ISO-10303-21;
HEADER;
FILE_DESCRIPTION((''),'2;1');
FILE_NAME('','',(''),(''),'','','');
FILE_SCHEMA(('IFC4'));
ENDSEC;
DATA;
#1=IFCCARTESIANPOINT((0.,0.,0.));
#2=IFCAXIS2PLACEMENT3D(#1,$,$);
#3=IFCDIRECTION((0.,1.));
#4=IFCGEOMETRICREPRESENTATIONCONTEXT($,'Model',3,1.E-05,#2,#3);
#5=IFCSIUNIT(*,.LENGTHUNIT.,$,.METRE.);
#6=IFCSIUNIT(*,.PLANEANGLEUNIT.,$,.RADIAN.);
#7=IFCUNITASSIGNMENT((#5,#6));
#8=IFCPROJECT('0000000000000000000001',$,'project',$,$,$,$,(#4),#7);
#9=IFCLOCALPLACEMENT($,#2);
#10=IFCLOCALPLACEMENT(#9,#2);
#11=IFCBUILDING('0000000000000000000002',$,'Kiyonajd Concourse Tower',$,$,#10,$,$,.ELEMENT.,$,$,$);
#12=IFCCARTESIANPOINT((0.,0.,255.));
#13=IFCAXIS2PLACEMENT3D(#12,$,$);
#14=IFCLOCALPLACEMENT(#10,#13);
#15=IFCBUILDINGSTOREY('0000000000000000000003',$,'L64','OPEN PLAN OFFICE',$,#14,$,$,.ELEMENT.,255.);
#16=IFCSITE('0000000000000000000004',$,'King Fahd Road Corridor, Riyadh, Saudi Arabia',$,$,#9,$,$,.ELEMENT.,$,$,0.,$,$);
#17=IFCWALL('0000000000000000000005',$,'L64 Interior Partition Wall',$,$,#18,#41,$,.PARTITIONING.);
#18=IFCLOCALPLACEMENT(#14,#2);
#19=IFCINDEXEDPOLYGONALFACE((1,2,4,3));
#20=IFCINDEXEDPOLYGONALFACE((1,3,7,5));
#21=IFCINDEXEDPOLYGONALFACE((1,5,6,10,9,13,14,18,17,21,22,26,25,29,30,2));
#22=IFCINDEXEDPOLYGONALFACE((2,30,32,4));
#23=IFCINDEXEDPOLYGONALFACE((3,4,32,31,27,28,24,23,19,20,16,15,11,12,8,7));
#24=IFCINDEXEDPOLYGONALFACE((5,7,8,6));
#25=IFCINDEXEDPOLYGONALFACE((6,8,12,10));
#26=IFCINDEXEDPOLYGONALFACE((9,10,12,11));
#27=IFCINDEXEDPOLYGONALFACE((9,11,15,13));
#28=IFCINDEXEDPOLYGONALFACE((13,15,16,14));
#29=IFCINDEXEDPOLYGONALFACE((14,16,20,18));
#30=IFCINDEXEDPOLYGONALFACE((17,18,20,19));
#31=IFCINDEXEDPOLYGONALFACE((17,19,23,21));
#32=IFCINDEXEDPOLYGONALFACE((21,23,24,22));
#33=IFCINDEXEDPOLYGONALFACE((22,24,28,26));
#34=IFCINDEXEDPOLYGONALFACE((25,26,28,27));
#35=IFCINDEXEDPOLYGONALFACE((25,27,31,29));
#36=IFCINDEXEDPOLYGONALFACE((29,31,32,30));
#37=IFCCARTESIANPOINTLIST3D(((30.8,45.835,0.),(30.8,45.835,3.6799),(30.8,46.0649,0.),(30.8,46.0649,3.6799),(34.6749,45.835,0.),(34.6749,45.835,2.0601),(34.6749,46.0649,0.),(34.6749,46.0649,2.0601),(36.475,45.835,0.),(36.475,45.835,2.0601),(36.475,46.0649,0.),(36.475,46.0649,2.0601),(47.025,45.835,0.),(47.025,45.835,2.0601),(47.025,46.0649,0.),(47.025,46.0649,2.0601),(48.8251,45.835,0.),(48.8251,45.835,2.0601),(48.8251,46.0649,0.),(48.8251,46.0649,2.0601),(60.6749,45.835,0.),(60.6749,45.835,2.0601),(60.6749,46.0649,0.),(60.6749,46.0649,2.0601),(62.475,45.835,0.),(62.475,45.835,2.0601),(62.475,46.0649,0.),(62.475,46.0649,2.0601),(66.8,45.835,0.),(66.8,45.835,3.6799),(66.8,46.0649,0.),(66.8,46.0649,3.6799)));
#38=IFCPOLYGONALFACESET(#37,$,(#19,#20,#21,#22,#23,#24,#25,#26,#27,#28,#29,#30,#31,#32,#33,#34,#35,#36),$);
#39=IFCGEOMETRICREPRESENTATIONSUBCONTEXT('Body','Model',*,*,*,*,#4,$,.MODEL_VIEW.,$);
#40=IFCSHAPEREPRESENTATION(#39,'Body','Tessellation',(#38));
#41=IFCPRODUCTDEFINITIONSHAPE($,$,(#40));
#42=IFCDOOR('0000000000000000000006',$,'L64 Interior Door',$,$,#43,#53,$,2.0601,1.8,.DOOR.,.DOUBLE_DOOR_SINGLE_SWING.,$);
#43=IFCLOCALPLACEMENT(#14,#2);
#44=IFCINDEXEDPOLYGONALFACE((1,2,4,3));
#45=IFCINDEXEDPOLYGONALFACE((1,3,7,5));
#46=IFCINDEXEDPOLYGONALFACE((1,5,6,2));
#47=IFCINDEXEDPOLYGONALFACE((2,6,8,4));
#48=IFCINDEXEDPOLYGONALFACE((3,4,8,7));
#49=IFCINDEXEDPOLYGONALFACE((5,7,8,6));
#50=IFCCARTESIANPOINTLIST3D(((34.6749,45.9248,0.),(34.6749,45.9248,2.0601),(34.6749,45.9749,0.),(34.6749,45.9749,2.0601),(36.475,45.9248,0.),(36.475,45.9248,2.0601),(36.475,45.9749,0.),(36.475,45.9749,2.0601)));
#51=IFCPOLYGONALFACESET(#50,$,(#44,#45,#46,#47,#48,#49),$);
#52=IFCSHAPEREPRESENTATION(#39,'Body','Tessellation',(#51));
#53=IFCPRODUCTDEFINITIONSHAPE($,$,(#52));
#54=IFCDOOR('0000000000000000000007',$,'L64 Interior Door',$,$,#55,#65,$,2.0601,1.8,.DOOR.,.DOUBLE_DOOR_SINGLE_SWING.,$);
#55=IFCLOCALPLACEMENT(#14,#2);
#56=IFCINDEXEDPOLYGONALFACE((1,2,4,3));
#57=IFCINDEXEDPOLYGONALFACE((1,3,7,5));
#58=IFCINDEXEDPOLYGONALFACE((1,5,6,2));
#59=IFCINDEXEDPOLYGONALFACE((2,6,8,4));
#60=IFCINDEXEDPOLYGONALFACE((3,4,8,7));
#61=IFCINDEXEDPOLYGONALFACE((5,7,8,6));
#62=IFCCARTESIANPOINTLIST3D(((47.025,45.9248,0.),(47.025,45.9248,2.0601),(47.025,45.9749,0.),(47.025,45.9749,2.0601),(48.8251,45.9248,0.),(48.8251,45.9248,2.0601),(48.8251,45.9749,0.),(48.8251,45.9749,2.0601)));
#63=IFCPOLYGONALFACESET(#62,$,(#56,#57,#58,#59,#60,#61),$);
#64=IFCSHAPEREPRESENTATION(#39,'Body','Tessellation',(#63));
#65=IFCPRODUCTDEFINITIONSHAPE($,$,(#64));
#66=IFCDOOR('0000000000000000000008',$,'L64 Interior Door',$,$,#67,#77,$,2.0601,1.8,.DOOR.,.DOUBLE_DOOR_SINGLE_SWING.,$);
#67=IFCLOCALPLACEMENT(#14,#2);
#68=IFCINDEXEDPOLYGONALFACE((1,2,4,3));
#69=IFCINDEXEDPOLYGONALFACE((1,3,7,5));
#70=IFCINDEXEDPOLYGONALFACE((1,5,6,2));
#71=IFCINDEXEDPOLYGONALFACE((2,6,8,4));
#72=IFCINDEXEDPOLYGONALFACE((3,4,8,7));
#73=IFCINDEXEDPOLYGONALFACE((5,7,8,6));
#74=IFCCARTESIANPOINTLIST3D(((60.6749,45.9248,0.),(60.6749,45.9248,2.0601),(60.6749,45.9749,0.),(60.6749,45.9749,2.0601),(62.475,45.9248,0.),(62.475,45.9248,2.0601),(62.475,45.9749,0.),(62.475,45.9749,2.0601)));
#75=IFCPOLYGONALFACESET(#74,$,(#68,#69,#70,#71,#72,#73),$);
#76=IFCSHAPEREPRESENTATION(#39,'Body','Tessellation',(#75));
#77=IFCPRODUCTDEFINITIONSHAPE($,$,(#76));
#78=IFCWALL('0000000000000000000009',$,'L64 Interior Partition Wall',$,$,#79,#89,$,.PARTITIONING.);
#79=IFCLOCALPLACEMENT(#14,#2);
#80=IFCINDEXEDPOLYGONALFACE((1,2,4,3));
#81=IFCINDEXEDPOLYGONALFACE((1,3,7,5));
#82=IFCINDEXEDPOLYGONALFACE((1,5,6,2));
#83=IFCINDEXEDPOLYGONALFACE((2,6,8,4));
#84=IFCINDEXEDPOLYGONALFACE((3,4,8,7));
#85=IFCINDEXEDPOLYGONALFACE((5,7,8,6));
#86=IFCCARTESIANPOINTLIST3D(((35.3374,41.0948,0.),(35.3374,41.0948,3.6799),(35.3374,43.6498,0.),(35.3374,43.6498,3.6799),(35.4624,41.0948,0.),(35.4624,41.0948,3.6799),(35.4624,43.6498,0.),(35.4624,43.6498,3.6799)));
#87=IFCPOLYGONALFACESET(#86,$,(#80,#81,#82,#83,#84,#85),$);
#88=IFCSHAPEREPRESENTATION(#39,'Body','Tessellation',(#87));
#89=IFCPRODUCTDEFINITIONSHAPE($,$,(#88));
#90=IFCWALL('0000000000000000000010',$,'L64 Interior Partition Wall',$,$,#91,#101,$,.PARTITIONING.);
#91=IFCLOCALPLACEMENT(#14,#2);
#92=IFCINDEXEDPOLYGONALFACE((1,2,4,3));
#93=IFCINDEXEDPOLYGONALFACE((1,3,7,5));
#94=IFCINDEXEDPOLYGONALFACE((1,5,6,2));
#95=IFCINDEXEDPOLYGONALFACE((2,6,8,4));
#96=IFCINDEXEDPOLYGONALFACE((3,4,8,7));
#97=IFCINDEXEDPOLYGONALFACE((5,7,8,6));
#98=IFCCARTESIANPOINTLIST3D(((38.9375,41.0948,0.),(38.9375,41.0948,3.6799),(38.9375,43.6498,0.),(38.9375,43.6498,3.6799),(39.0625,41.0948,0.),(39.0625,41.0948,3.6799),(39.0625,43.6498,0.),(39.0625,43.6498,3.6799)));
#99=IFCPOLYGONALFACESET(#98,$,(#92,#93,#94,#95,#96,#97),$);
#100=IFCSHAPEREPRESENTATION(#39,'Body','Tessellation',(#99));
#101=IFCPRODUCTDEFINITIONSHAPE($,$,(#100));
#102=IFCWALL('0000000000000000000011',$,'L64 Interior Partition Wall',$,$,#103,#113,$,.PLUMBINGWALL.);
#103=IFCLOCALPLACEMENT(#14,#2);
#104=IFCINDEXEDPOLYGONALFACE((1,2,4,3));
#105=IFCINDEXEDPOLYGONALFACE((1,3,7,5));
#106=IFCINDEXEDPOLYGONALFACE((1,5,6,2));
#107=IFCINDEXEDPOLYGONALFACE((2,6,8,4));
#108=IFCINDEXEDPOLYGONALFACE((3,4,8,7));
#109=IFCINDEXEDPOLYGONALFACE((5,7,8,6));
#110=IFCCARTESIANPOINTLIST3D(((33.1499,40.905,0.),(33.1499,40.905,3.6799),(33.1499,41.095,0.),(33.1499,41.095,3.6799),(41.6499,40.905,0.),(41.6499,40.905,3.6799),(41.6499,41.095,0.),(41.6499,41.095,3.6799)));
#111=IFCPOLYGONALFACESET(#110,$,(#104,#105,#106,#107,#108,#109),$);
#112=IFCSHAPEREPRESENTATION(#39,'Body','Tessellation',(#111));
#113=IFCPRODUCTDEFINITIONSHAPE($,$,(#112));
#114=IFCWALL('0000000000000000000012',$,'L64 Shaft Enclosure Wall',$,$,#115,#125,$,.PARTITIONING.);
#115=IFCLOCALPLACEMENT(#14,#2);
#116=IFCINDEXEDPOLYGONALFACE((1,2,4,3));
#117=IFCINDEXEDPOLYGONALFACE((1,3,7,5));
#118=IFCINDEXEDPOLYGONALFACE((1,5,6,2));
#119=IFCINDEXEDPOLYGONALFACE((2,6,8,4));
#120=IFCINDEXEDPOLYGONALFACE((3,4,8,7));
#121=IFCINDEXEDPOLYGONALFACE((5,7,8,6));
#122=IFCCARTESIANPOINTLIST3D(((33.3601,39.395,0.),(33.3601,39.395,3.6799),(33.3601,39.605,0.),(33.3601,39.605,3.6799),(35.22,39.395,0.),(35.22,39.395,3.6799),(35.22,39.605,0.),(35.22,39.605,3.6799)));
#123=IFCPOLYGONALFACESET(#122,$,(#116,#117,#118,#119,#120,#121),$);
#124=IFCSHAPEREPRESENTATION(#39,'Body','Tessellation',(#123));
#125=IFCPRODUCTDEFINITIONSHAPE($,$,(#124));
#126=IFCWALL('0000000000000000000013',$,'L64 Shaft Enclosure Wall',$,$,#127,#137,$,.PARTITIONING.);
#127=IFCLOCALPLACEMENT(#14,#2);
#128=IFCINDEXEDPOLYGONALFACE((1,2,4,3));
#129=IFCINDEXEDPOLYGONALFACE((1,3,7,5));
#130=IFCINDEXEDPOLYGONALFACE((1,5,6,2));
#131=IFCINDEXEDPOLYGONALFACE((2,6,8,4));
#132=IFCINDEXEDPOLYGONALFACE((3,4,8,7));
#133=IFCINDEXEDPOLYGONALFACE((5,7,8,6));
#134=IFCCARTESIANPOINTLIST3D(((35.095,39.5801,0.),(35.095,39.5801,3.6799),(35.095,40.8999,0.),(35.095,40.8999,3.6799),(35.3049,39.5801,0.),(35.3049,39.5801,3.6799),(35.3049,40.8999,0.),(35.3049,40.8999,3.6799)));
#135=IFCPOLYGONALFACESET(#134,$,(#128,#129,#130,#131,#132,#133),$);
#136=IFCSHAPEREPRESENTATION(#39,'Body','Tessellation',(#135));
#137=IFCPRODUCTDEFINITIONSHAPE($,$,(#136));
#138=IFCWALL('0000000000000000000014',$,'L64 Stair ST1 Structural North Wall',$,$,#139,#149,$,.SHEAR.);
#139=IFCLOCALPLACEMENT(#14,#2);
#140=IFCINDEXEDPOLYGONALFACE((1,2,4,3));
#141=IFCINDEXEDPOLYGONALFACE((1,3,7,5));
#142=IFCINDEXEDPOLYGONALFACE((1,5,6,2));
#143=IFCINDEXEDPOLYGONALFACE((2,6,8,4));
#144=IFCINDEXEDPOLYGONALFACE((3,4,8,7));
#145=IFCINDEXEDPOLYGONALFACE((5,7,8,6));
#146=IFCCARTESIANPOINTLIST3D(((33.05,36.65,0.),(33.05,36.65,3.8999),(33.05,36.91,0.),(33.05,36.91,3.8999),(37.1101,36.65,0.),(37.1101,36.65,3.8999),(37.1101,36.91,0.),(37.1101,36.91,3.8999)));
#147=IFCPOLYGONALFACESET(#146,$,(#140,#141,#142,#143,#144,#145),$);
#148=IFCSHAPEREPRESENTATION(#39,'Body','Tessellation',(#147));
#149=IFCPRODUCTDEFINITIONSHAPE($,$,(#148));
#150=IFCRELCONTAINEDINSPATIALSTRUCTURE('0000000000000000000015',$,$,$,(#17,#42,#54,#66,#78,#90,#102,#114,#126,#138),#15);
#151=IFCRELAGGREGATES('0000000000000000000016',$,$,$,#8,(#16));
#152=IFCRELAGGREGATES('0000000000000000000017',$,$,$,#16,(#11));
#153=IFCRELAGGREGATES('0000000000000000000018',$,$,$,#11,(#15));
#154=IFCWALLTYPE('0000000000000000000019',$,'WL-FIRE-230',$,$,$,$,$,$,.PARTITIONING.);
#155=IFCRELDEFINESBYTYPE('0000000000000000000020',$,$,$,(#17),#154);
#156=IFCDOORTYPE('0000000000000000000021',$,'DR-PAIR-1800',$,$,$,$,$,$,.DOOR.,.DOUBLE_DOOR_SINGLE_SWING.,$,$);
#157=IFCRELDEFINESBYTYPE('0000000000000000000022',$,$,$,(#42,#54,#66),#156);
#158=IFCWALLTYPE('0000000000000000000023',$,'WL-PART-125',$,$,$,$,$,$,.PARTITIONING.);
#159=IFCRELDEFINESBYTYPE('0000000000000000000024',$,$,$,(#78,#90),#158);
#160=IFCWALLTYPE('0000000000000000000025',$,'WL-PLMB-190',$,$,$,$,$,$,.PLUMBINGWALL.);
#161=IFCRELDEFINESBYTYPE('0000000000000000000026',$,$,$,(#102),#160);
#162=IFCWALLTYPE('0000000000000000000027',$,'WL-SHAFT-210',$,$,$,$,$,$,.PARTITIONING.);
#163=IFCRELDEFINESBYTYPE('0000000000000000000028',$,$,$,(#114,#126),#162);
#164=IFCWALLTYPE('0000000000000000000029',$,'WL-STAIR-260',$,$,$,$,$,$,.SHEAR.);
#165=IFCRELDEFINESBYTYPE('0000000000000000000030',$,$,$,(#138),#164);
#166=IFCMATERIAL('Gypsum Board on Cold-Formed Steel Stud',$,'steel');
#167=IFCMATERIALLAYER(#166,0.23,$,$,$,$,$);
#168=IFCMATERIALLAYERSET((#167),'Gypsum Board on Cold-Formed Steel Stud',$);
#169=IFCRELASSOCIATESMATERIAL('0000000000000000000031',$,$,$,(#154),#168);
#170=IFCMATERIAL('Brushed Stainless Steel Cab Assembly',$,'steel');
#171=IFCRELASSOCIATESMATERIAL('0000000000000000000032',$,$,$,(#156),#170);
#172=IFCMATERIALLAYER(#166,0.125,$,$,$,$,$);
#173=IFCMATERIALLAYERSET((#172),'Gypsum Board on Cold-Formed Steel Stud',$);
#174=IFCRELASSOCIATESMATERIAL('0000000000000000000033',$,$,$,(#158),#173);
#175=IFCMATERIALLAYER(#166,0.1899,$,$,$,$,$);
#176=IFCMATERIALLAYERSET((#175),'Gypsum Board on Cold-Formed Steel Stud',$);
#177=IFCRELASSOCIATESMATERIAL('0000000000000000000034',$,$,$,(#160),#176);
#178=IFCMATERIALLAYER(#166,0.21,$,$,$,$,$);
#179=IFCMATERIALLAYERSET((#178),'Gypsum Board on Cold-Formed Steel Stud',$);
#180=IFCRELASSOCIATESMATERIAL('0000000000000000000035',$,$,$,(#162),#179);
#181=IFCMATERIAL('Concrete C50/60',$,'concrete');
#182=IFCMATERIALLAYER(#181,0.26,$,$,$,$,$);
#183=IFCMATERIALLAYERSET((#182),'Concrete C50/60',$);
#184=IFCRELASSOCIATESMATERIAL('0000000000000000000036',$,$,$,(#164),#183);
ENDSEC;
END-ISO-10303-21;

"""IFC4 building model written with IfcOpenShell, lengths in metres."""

from ifc_helpers import new_model, si_unit, direction, frame, frame_2d, origin, place, context, subcontext, project, spatial, rectangle, extrude, material, layer, layer_set, type_object, element, fill, save


model = new_model("IFC4")

# Units and contexts
model_context = context("Model", 3, precision=1e-05, world=origin(), true_north=direction((0.0, 1.0)))
body_context = subcontext(model_context, "Body", "Model", "MODEL_VIEW")
ifc_project = project(units=[si_unit("LENGTHUNIT", "METRE"), si_unit("PLANEANGLEUNIT", "RADIAN")], contexts=[model_context])

# Site, building, storey
site_placement = place(None, origin())
site = spatial("IfcSite", under=ifc_project, at=site_placement, Name="King Fahd Road Corridor, Riyadh, Saudi Arabia", CompositionType="ELEMENT", RefElevation=0.0)
building_placement = place(site_placement, origin())
building = spatial("IfcBuilding", under=site, at=building_placement, Name="Kiyonajd Concourse Tower", CompositionType="ELEMENT")
storey_placement = place(building_placement, frame((0.0, 0.0, 255.0)))
storey = spatial("IfcBuildingStorey", under=building, at=storey_placement, Name="L64", Description="OPEN PLAN OFFICE", CompositionType="ELEMENT", Elevation=255.0)

# Shared definitions
ifc_material_1 = material(Name="Gypsum Board on Cold-Formed Steel Stud", Category="steel")
ifc_layer_1 = layer(ifc_material_1, 0.23)
ifc_layer_set_1 = layer_set([ifc_layer_1], Name="Gypsum Board on Cold-Formed Steel Stud")
wall_type_1 = type_object("IfcWallType", Name="WL-FIRE-230", PredefinedType="PARTITIONING", material=ifc_layer_set_1)
ifc_material_2 = material(Name="Brushed Stainless Steel Cab Assembly", Category="steel")

# Wall, openings, doors
wall_1_placement = place(storey_placement, frame((30.8, 45.95, 0.0), z_axis=(0.0, 0.0, 1.0), x_axis=(1.0, 0.0, 0.0)))
wall_1 = element("IfcWall", 1, at=wall_1_placement, inside=storey, type_object=wall_type_1, Name="L64 Interior Partition Wall", PredefinedType="PARTITIONING", context=body_context, shape_type="SweptSolid", body=[
    extrude(rectangle(XDim=36.0, YDim=0.23, at=frame_2d((18.0, 0.0))), origin(), (0.0, 0.0, 1.0), 3.6799),
])
opening_1_placement = place(wall_1_placement, frame((3.875, 0.0, 0.0)))
opening_1 = element("IfcOpeningElement", 2, at=opening_1_placement, cuts=wall_1, PredefinedType="OPENING", context=body_context, shape_type="SweptSolid", body=[
    extrude(rectangle(XDim=1.8, YDim=2.0601, at=frame_2d((0.8999, 1.03))), frame((0.0, 0.125, 0.0), z_axis=(0.0, -1.0, 0.0), x_axis=(1.0, 0.0, 0.0)), (0.0, 0.0, 1.0), 0.25),
])
opening_2_placement = place(wall_1_placement, frame((16.2251, 0.0, 0.0)))
opening_2 = element("IfcOpeningElement", 3, at=opening_2_placement, cuts=wall_1, PredefinedType="OPENING", context=body_context, shape_type="SweptSolid", body=[
    extrude(rectangle(XDim=1.8, YDim=2.0601, at=frame_2d((0.8999, 1.03))), frame((0.0, 0.125, 0.0), z_axis=(0.0, -1.0, 0.0), x_axis=(1.0, 0.0, 0.0)), (0.0, 0.0, 1.0), 0.25),
])
opening_3_placement = place(wall_1_placement, frame((29.875, 0.0, 0.0)))
opening_3 = element("IfcOpeningElement", 4, at=opening_3_placement, cuts=wall_1, PredefinedType="OPENING", context=body_context, shape_type="SweptSolid", body=[
    extrude(rectangle(XDim=1.8, YDim=2.0601, at=frame_2d((0.8999, 1.03))), frame((0.0, 0.125, 0.0), z_axis=(0.0, -1.0, 0.0), x_axis=(1.0, 0.0, 0.0)), (0.0, 0.0, 1.0), 0.25),
])
door_type_1 = type_object("IfcDoorType", Name="DR-PAIR-1800", OperationType="DOUBLE_DOOR_SINGLE_SWING", PredefinedType="DOOR", material=ifc_material_2)
door_1_placement = place(opening_1_placement, origin())
door_1 = element("IfcDoor", 5, at=door_1_placement, inside=storey, type_object=door_type_1, Name="L64 Interior Door", OperationType="DOUBLE_DOOR_SINGLE_SWING", OverallHeight=2.0601, OverallWidth=1.8, PredefinedType="DOOR", context=body_context, shape_type="SweptSolid", body=[
    extrude(rectangle(XDim=1.8, YDim=2.0601, at=frame_2d((0.8999, 1.03))), frame((0.0, 0.0249, 0.0), z_axis=(0.0, -1.0, 0.0), x_axis=(1.0, 0.0, 0.0)), (0.0, 0.0, 1.0), 0.05),
])
fill(opening_1, door_1)
door_2_placement = place(opening_2_placement, origin())
door_2 = element("IfcDoor", 6, at=door_2_placement, inside=storey, type_object=door_type_1, Name="L64 Interior Door", OperationType="DOUBLE_DOOR_SINGLE_SWING", OverallHeight=2.0601, OverallWidth=1.8, PredefinedType="DOOR", context=body_context, shape_type="SweptSolid", body=[
    extrude(rectangle(XDim=1.8, YDim=2.0601, at=frame_2d((0.8999, 1.03))), frame((0.0, 0.0249, 0.0), z_axis=(0.0, -1.0, 0.0), x_axis=(1.0, 0.0, 0.0)), (0.0, 0.0, 1.0), 0.05),
])
fill(opening_2, door_2)
door_3_placement = place(opening_3_placement, origin())
door_3 = element("IfcDoor", 7, at=door_3_placement, inside=storey, type_object=door_type_1, Name="L64 Interior Door", OperationType="DOUBLE_DOOR_SINGLE_SWING", OverallHeight=2.0601, OverallWidth=1.8, PredefinedType="DOOR", context=body_context, shape_type="SweptSolid", body=[
    extrude(rectangle(XDim=1.8, YDim=2.0601, at=frame_2d((0.8999, 1.03))), frame((0.0, 0.0249, 0.0), z_axis=(0.0, -1.0, 0.0), x_axis=(1.0, 0.0, 0.0)), (0.0, 0.0, 1.0), 0.05),
])
fill(opening_3, door_3)

# Walls
ifc_layer_2 = layer(ifc_material_1, 0.125)
ifc_layer_set_2 = layer_set([ifc_layer_2], Name="Gypsum Board on Cold-Formed Steel Stud")
wall_type_2 = type_object("IfcWallType", Name="WL-PART-125", PredefinedType="PARTITIONING", material=ifc_layer_set_2)
for number, where, z_axis, x_axis, name in (
    (8, (35.3999, 41.095, 0.0), (0.0, 0.0, 1.0), (0.0, 1.0, 0.0), "L64 Interior Partition Wall"),
    (9, (39.0, 41.095, 0.0), (0.0, 0.0, 1.0), (0.0, 1.0, 0.0), "L64 Interior Partition Wall"),
):
    element("IfcWall", number, at=place(storey_placement, frame(where, z_axis=z_axis, x_axis=x_axis)), inside=storey, type_object=wall_type_2, Name=name, PredefinedType="PARTITIONING", context=body_context, shape_type="SweptSolid", body=[
        extrude(rectangle(XDim=2.5549, YDim=0.125, at=frame_2d((1.2773, 0.0))), origin(), (0.0, 0.0, 1.0), 3.6799),
    ])
ifc_layer_3 = layer(ifc_material_1, 0.1899)
ifc_layer_set_3 = layer_set([ifc_layer_3], Name="Gypsum Board on Cold-Formed Steel Stud")
wall_type_3 = type_object("IfcWallType", Name="WL-PLMB-190", PredefinedType="PLUMBINGWALL", material=ifc_layer_set_3)
wall_2_placement = place(storey_placement, frame((33.1499, 41.0, 0.0), z_axis=(0.0, 0.0, 1.0), x_axis=(1.0, 0.0, 0.0)))
element("IfcWall", 10, at=wall_2_placement, inside=storey, type_object=wall_type_3, Name="L64 Interior Partition Wall", PredefinedType="PLUMBINGWALL", context=body_context, shape_type="SweptSolid", body=[
    extrude(rectangle(XDim=8.5, YDim=0.1899, at=frame_2d((4.25, 0.0))), origin(), (0.0, 0.0, 1.0), 3.6799),
])
ifc_layer_4 = layer(ifc_material_1, 0.21)
ifc_layer_set_4 = layer_set([ifc_layer_4], Name="Gypsum Board on Cold-Formed Steel Stud")
wall_type_4 = type_object("IfcWallType", Name="WL-SHAFT-210", PredefinedType="PARTITIONING", material=ifc_layer_set_4)
wall_3_placement = place(storey_placement, frame((33.3601, 39.5, 0.0), z_axis=(0.0, 0.0, 1.0), x_axis=(1.0, 0.0, 0.0)))
element("IfcWall", 11, at=wall_3_placement, inside=storey, type_object=wall_type_4, Name="L64 Shaft Enclosure Wall", PredefinedType="PARTITIONING", context=body_context, shape_type="SweptSolid", body=[
    extrude(rectangle(XDim=1.8599, YDim=0.21, at=frame_2d((0.9299, 0.0))), origin(), (0.0, 0.0, 1.0), 3.6799),
])
wall_4_placement = place(storey_placement, frame((35.2, 39.5801, 0.0), z_axis=(0.0, 0.0, 1.0), x_axis=(0.0, 1.0, 0.0)))
element("IfcWall", 12, at=wall_4_placement, inside=storey, type_object=wall_type_4, Name="L64 Shaft Enclosure Wall", PredefinedType="PARTITIONING", context=body_context, shape_type="SweptSolid", body=[
    extrude(rectangle(XDim=1.3198, YDim=0.21, at=frame_2d((0.6599, 0.0))), origin(), (0.0, 0.0, 1.0), 3.6799),
])
ifc_material_3 = material(Name="Concrete C50/60", Category="concrete")
ifc_layer_5 = layer(ifc_material_3, 0.26)
ifc_layer_set_5 = layer_set([ifc_layer_5], Name="Concrete C50/60")
wall_type_5 = type_object("IfcWallType", Name="WL-STAIR-260", PredefinedType="SHEAR", material=ifc_layer_set_5)
wall_5_placement = place(storey_placement, frame((33.05, 36.78, 0.0), z_axis=(0.0, 0.0, 1.0), x_axis=(1.0, 0.0, 0.0)))
element("IfcWall", 13, at=wall_5_placement, inside=storey, type_object=wall_type_5, Name="L64 Stair ST1 Structural North Wall", PredefinedType="SHEAR", context=body_context, shape_type="SweptSolid", body=[
    extrude(rectangle(XDim=4.0601, YDim=0.26, at=frame_2d((2.03, 0.0))), origin(), (0.0, 0.0, 1.0), 3.8999),
])

save(model, "model.ifc")
